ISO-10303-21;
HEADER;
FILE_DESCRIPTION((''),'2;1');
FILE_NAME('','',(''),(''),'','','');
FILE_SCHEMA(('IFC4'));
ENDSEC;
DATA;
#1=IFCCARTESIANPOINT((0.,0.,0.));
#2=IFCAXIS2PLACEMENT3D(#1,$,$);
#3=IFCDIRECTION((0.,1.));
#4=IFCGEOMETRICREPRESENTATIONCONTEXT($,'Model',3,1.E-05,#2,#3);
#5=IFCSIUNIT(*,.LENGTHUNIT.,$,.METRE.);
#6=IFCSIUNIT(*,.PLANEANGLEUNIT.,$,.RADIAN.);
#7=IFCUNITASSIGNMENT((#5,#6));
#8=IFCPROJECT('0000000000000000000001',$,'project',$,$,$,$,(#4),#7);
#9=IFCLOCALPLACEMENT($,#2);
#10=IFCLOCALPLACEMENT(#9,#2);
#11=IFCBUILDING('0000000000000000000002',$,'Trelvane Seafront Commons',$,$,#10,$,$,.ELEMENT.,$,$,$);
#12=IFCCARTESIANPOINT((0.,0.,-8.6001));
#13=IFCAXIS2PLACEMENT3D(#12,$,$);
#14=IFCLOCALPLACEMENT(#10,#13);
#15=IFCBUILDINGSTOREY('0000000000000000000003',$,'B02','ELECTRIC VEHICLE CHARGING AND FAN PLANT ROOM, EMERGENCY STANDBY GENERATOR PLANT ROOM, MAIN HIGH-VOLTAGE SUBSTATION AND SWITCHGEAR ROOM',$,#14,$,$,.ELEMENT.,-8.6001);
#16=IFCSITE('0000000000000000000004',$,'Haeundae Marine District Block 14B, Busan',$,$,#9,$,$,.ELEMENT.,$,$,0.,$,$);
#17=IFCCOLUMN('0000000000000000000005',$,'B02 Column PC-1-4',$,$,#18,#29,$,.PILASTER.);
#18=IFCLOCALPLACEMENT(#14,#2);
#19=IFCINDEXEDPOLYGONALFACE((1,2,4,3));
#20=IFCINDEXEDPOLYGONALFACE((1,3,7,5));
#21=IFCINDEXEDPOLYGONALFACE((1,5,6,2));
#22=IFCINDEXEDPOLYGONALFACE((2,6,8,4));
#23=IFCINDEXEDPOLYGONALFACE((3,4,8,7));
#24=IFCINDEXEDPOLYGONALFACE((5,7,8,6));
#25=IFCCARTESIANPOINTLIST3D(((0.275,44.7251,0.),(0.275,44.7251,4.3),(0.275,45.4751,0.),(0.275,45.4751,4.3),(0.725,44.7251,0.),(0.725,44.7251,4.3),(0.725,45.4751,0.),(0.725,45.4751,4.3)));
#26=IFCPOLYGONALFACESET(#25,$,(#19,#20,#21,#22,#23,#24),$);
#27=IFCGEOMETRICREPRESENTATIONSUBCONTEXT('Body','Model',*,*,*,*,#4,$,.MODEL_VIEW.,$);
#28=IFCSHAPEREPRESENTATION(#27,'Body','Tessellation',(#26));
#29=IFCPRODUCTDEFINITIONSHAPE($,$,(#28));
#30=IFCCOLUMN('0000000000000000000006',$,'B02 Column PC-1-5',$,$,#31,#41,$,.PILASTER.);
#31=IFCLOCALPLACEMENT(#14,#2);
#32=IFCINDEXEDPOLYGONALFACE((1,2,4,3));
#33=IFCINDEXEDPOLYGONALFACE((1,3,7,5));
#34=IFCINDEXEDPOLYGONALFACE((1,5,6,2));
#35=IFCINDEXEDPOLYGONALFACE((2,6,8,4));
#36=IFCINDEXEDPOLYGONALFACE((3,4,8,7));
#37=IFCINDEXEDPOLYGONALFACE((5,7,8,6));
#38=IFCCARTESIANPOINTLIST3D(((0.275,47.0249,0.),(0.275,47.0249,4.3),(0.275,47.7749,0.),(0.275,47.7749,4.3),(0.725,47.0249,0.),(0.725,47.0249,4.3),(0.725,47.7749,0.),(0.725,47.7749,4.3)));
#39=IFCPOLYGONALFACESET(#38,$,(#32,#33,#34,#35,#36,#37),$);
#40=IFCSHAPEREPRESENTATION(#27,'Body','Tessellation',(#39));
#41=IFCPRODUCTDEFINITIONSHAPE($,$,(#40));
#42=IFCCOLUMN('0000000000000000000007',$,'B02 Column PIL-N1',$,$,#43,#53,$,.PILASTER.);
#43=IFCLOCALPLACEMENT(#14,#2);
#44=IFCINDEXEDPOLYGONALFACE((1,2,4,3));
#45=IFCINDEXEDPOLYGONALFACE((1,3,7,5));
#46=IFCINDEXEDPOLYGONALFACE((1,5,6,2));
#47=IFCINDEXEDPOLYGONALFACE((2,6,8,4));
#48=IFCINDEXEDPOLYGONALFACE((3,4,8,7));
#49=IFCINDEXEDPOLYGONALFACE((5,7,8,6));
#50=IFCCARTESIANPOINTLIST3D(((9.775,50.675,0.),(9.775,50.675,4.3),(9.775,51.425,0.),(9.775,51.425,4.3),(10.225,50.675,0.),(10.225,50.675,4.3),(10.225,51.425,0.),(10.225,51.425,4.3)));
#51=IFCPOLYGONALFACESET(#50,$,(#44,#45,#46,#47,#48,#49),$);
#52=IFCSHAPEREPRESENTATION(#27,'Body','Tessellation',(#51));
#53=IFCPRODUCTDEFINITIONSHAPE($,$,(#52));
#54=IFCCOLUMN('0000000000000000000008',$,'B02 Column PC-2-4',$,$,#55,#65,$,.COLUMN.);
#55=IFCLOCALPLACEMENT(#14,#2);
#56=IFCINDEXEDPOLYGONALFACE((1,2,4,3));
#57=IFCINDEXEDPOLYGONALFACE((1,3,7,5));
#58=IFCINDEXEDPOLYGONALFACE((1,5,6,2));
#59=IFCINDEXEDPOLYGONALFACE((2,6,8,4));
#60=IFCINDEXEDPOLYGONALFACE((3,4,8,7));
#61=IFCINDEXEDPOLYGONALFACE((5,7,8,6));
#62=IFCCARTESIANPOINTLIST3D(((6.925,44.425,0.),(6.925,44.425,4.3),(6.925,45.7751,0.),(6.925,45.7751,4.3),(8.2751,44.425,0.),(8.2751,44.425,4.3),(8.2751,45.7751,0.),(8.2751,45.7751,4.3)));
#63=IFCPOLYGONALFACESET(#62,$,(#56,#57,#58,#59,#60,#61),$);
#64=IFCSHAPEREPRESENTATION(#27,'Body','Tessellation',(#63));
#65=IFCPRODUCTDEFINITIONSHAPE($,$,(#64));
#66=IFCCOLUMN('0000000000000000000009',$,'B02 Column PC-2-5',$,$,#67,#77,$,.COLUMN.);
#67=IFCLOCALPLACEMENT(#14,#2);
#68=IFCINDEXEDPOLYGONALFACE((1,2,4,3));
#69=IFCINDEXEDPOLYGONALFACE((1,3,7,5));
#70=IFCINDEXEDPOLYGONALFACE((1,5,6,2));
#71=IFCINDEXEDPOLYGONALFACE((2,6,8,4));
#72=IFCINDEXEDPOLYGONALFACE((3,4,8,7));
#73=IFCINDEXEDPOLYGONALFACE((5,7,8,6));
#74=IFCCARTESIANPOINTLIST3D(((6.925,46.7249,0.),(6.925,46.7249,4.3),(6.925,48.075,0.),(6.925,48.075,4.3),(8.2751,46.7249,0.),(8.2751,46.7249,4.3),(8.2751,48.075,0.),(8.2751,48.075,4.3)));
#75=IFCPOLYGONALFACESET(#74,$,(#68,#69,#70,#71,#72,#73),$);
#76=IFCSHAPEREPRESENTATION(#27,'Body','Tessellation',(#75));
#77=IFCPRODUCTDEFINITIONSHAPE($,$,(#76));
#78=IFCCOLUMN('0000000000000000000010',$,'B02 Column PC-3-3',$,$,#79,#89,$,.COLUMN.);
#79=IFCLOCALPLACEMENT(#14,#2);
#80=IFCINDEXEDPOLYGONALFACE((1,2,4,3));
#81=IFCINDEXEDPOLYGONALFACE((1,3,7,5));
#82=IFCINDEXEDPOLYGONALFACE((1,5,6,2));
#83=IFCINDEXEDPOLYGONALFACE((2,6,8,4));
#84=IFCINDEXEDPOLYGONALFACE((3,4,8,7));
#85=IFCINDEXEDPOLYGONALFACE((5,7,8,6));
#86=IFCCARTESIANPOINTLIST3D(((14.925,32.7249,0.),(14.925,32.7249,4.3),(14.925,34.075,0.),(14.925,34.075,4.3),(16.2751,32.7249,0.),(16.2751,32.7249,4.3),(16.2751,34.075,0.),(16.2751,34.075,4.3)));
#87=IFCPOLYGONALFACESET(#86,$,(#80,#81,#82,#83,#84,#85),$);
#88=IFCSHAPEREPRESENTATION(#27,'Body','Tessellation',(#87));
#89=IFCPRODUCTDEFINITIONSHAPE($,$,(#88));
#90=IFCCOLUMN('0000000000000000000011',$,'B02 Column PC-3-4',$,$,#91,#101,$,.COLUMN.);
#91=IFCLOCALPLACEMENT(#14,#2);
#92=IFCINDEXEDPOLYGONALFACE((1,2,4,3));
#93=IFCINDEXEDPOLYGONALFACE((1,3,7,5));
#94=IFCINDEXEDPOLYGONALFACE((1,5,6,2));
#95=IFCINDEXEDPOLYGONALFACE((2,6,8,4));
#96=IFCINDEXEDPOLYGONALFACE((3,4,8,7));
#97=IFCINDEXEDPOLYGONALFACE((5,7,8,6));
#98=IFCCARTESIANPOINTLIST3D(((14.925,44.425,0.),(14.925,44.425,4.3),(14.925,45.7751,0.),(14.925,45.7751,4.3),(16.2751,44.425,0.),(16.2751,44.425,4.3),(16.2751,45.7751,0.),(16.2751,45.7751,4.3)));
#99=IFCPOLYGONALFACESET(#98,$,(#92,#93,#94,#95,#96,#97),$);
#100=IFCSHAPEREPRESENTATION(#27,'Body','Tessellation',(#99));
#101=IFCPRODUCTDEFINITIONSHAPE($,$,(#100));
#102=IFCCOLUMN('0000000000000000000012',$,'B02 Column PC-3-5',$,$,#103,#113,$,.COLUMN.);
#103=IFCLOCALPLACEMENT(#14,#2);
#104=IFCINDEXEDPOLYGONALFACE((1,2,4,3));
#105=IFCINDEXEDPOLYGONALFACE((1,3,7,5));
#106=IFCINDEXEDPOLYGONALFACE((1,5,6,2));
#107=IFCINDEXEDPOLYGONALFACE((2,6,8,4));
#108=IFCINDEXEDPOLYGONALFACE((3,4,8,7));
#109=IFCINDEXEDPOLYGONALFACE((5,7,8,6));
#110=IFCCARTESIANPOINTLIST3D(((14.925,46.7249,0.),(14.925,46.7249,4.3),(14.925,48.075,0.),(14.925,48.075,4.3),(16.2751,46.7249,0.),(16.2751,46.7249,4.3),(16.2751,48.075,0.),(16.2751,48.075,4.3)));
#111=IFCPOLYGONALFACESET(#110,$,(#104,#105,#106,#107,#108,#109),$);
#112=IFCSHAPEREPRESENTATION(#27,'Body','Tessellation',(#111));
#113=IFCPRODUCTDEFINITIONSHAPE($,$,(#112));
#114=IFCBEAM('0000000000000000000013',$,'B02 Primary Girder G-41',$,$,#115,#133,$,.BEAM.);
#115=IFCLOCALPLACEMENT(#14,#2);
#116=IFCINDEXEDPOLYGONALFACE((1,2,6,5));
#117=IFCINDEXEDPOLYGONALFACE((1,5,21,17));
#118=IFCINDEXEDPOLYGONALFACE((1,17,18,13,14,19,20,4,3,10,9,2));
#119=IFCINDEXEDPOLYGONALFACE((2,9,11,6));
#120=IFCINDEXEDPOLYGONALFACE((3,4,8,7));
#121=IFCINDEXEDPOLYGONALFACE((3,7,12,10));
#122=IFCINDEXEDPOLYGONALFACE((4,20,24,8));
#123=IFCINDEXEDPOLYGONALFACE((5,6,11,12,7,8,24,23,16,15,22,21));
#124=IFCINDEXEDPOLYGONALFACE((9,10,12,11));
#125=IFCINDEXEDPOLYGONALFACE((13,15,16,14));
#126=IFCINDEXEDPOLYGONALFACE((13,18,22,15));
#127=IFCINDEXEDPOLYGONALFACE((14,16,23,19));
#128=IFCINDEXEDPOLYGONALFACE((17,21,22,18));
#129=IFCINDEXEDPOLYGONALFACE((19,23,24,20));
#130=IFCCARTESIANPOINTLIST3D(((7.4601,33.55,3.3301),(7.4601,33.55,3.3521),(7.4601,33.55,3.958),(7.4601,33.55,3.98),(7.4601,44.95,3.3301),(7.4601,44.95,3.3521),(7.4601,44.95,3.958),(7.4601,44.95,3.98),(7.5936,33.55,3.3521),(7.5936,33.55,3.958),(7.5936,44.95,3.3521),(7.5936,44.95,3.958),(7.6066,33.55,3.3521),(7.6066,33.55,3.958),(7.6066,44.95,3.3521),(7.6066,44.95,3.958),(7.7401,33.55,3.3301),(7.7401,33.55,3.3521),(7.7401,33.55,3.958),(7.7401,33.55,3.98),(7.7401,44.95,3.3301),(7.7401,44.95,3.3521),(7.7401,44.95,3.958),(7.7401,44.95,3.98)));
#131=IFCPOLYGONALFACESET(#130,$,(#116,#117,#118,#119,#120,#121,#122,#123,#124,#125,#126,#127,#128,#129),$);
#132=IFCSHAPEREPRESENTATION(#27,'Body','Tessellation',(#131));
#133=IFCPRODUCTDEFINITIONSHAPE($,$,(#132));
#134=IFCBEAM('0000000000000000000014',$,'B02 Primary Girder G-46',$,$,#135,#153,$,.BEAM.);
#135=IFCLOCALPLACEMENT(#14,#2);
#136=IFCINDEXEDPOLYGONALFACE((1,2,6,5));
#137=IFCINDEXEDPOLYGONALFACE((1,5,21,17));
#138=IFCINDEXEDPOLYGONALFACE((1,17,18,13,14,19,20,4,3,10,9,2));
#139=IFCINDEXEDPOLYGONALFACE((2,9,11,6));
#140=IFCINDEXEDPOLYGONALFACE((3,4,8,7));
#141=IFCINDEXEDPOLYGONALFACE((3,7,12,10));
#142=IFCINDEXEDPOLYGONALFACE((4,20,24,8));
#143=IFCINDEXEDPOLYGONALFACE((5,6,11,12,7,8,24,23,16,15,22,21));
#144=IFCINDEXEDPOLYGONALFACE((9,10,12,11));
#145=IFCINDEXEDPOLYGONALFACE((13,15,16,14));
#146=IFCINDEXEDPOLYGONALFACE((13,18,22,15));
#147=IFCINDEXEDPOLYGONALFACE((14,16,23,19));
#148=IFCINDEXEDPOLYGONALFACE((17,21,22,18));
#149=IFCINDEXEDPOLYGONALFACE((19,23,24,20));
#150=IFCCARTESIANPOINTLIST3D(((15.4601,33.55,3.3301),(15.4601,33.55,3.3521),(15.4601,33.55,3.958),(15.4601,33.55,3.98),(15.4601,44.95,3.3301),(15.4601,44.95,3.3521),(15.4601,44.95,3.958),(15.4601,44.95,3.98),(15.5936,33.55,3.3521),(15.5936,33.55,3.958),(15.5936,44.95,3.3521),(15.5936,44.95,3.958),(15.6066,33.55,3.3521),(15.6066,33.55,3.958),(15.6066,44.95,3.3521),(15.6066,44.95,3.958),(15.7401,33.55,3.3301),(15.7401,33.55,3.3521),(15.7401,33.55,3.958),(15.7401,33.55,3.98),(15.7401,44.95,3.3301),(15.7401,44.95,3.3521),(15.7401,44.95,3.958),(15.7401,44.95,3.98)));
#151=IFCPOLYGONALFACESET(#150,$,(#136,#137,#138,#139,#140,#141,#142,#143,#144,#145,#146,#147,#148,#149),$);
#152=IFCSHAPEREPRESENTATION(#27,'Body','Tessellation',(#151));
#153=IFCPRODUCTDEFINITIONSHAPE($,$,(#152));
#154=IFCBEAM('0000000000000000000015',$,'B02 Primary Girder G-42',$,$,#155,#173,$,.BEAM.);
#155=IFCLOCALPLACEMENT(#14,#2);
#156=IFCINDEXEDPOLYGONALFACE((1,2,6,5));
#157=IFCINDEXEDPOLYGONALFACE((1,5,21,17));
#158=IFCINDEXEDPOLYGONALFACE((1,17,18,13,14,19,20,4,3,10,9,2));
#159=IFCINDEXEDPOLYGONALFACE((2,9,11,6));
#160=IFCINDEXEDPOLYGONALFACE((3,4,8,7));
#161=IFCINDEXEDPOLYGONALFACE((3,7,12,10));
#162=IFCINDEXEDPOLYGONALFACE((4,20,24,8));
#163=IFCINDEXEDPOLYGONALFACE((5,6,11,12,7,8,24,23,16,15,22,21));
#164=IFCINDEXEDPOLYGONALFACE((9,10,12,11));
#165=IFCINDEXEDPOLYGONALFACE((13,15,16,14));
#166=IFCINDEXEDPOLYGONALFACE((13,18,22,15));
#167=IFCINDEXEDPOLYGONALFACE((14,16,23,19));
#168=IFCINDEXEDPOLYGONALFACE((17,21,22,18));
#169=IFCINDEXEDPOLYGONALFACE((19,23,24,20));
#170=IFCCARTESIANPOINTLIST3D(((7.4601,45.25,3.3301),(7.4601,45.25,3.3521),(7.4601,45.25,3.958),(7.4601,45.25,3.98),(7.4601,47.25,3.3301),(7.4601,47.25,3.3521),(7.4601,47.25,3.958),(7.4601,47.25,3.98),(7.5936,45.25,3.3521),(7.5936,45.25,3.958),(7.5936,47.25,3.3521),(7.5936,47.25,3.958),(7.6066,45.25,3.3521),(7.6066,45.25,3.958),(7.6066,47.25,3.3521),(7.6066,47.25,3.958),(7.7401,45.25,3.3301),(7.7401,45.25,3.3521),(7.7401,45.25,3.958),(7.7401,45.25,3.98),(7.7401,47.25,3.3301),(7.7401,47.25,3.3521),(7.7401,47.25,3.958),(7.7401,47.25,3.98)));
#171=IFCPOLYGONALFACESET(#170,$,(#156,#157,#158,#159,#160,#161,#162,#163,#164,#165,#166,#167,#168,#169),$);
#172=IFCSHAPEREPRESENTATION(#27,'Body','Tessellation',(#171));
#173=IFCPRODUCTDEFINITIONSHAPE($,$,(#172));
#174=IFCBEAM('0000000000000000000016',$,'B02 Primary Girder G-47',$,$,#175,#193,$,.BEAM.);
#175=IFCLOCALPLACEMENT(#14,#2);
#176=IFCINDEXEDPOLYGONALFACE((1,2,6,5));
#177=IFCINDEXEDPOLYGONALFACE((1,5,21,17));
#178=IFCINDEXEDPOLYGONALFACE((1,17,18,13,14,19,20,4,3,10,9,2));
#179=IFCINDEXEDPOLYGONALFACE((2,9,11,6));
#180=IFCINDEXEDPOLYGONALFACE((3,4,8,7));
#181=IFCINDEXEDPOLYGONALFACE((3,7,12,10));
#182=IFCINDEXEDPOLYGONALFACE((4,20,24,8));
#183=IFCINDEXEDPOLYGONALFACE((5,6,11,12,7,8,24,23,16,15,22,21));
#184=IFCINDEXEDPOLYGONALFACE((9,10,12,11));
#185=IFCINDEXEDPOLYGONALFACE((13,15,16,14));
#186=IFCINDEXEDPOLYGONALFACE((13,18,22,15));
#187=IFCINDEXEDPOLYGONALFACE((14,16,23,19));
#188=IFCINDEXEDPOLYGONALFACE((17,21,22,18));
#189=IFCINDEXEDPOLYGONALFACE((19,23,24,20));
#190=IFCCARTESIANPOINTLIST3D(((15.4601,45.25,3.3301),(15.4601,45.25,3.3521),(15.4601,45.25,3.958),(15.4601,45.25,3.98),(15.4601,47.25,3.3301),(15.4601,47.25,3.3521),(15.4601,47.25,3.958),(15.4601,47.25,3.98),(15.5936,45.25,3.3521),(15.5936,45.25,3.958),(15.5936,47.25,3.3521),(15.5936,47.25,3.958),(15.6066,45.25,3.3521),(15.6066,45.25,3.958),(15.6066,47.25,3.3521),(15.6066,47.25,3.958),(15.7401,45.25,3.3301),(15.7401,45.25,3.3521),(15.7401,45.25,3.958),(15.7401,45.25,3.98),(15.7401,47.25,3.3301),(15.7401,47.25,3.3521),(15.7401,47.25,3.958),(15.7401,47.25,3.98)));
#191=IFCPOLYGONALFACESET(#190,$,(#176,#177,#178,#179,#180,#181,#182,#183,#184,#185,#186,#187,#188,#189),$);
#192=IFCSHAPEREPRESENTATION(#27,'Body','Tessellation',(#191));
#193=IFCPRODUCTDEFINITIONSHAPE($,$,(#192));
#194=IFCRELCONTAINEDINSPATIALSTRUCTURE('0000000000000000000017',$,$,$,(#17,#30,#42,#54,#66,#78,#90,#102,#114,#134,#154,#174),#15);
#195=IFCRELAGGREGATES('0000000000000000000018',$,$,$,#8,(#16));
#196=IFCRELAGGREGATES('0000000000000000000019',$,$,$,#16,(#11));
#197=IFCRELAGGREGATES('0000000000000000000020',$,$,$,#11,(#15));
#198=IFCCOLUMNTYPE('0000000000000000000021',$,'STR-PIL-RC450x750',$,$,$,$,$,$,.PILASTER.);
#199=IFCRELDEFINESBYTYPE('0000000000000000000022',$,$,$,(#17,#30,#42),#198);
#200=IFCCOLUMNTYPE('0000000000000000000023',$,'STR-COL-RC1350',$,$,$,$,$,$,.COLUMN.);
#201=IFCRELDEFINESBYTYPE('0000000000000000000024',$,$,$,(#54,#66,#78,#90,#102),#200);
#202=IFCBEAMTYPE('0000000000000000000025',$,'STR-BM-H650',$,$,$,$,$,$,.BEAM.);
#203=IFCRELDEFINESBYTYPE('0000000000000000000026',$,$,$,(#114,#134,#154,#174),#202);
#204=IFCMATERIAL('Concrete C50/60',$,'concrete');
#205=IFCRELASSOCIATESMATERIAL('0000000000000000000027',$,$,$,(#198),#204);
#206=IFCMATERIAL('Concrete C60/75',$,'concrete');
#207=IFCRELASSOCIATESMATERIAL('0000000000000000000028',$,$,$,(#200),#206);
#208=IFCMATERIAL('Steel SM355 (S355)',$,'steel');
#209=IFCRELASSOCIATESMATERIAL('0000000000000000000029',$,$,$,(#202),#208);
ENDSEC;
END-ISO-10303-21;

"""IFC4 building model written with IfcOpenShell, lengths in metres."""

from ifc_helpers import new_model, si_unit, direction, frame, origin, origin_2d, place, context, subcontext, project, spatial, rectangle, i_section, extrude, source, transform, mapped, material, material_profile, profile_set, type_object, element, save


model = new_model("IFC4")

# Units and contexts
model_context = context("Model", 3, precision=1e-05, world=origin(), true_north=direction((0.0, 1.0)))
body_context = subcontext(model_context, "Body", "Model", "MODEL_VIEW")
ifc_project = project(units=[si_unit("LENGTHUNIT", "METRE"), si_unit("PLANEANGLEUNIT", "RADIAN")], contexts=[model_context])

# Site, building, storey
site_placement = place(None, origin())
site = spatial("IfcSite", under=ifc_project, at=site_placement, Name="Haeundae Marine District Block 14B, Busan", CompositionType="ELEMENT", RefElevation=0.0)
building_placement = place(site_placement, origin())
building = spatial("IfcBuilding", under=site, at=building_placement, Name="Trelvane Seafront Commons", CompositionType="ELEMENT")
storey_placement = place(building_placement, frame((0.0, 0.0, -8.6001)))
storey = spatial("IfcBuildingStorey", under=building, at=storey_placement, Name="B02", Description="ELECTRIC VEHICLE CHARGING AND FAN PLANT ROOM, EMERGENCY STANDBY GENERATOR PLANT ROOM, MAIN HIGH-VOLTAGE SUBSTATION AND SWITCHGEAR ROOM", CompositionType="ELEMENT", Elevation=-8.6001)

# Columns
ifc_material_1 = material(Name="Concrete C50/60", Category="concrete")
ifc_material_profile_1 = material_profile(ifc_material_1, rectangle(XDim=0.45, YDim=0.75, at=origin_2d()), Name="RC-450x750")
ifc_profile_set_1 = profile_set([ifc_material_profile_1], Name="Concrete C50/60")
column_type_1 = type_object("IfcColumnType", Name="STR-PIL-RC450x750", PredefinedType="PILASTER", material=ifc_profile_set_1)
shared_shape_1 = source(origin(), body_context, "Body", "SweptSolid", [
    extrude(rectangle(XDim=0.45, YDim=0.75, at=origin_2d()), origin(), (0.0, 0.0, 1.0), 4.3),
])
for number, where, z_axis, x_axis, name in (
    (1, (0.5, 45.1001, 0.0), (0.0, 0.0, 1.0), (1.0, 0.0, 0.0), "B02 Column PC-1-4"),
    (2, (0.5, 47.3999, 0.0), (0.0, 0.0, 1.0), (1.0, 0.0, 0.0), "B02 Column PC-1-5"),
    (3, (10.0, 51.05, 0.0), (0.0, 0.0, 1.0), (1.0, 0.0, 0.0), "B02 Column PIL-N1"),
):
    element("IfcColumn", number, at=place(storey_placement, frame(where, z_axis=z_axis, x_axis=x_axis)), inside=storey, type_object=column_type_1, Name=name, PredefinedType="PILASTER", context=body_context, shape_type="MappedRepresentation", body=[
        mapped(shared_shape_1, transform((0.0, 0.0, 0.0), x_axis=(1.0, 0.0, 0.0), y_axis=(0.0, 1.0, 0.0), z_axis=(0.0, 0.0, 1.0), scale=1.0)),
    ])
ifc_material_2 = material(Name="Concrete C60/75", Category="concrete")
ifc_material_profile_2 = material_profile(ifc_material_2, rectangle(XDim=1.3501, YDim=1.3501, at=origin_2d()), Name="RC-1350x1350")
ifc_profile_set_2 = profile_set([ifc_material_profile_2], Name="Concrete C60/75")
column_type_2 = type_object("IfcColumnType", Name="STR-COL-RC1350", PredefinedType="COLUMN", material=ifc_profile_set_2)
shared_shape_2 = source(origin(), body_context, "Body", "SweptSolid", [
    extrude(rectangle(XDim=1.3501, YDim=1.3501, at=origin_2d()), origin(), (0.0, 0.0, 1.0), 4.3),
])
for number, where, z_axis, x_axis, name in (
    (4, (7.6001, 45.1001, 0.0), (0.0, 0.0, 1.0), (1.0, 0.0, 0.0), "B02 Column PC-2-4"),
    (5, (7.6001, 47.3999, 0.0), (0.0, 0.0, 1.0), (1.0, 0.0, 0.0), "B02 Column PC-2-5"),
    (6, (15.6001, 33.3999, 0.0), (0.0, 0.0, 1.0), (1.0, 0.0, 0.0), "B02 Column PC-3-3"),
    (7, (15.6001, 45.1001, 0.0), (0.0, 0.0, 1.0), (1.0, 0.0, 0.0), "B02 Column PC-3-4"),
    (8, (15.6001, 47.3999, 0.0), (0.0, 0.0, 1.0), (1.0, 0.0, 0.0), "B02 Column PC-3-5"),
):
    element("IfcColumn", number, at=place(storey_placement, frame(where, z_axis=z_axis, x_axis=x_axis)), inside=storey, type_object=column_type_2, Name=name, PredefinedType="COLUMN", context=body_context, shape_type="MappedRepresentation", body=[
        mapped(shared_shape_2, transform((0.0, 0.0, 0.0), x_axis=(1.0, 0.0, 0.0), y_axis=(0.0, 1.0, 0.0), z_axis=(0.0, 0.0, 1.0), scale=1.0)),
    ])

# Beams
ifc_material_3 = material(Name="Steel SM355 (S355)", Category="steel")
ifc_material_profile_3 = material_profile(ifc_material_3, i_section(OverallWidth=0.28, OverallDepth=0.6499, WebThickness=0.0129, FlangeThickness=0.022, at=origin_2d()), Name="H-650x280x13x22")
ifc_profile_set_3 = profile_set([ifc_material_profile_3], Name="Steel SM355 (S355)")
beam_type_1 = type_object("IfcBeamType", Name="STR-BM-H650", PredefinedType="BEAM", material=ifc_profile_set_3)
shared_shape_3 = source(origin(), body_context, "Body", "SweptSolid", [
    extrude(i_section(OverallWidth=0.28, OverallDepth=0.6499, WebThickness=0.0129, FlangeThickness=0.022, at=origin_2d()), origin(), (0.0, 0.0, 1.0), 11.3999),
])
for number, where, z_axis, x_axis, name in (
    (9, (7.6001, 33.55, 3.655), (0.0, 1.0, 0.0), (-1.0, 0.0, 0.0), "B02 Primary Girder G-41"),
    (10, (15.6001, 33.55, 3.655), (0.0, 1.0, 0.0), (-1.0, 0.0, 0.0), "B02 Primary Girder G-46"),
):
    element("IfcBeam", number, at=place(storey_placement, frame(where, z_axis=z_axis, x_axis=x_axis)), inside=storey, type_object=beam_type_1, Name=name, PredefinedType="BEAM", context=body_context, shape_type="MappedRepresentation", body=[
        mapped(shared_shape_3, transform((0.0, 0.0, 0.0), x_axis=(1.0, 0.0, 0.0), y_axis=(0.0, 1.0, 0.0), z_axis=(0.0, 0.0, 1.0), scale=1.0)),
    ])
shared_shape_4 = source(origin(), body_context, "Body", "SweptSolid", [
    extrude(i_section(OverallWidth=0.28, OverallDepth=0.6499, WebThickness=0.0129, FlangeThickness=0.022, at=origin_2d()), origin(), (0.0, 0.0, 1.0), 2.0),
])
for number, where, z_axis, x_axis, name in (
    (11, (7.6001, 45.25, 3.655), (0.0, 1.0, 0.0), (-1.0, 0.0, 0.0), "B02 Primary Girder G-42"),
    (12, (15.6001, 45.25, 3.655), (0.0, 1.0, 0.0), (-1.0, 0.0, 0.0), "B02 Primary Girder G-47"),
):
    element("IfcBeam", number, at=place(storey_placement, frame(where, z_axis=z_axis, x_axis=x_axis)), inside=storey, type_object=beam_type_1, Name=name, PredefinedType="BEAM", context=body_context, shape_type="MappedRepresentation", body=[
        mapped(shared_shape_4, transform((0.0, 0.0, 0.0), x_axis=(1.0, 0.0, 0.0), y_axis=(0.0, 1.0, 0.0), z_axis=(0.0, 0.0, 1.0), scale=1.0)),
    ])

save(model, "model.ifc")
